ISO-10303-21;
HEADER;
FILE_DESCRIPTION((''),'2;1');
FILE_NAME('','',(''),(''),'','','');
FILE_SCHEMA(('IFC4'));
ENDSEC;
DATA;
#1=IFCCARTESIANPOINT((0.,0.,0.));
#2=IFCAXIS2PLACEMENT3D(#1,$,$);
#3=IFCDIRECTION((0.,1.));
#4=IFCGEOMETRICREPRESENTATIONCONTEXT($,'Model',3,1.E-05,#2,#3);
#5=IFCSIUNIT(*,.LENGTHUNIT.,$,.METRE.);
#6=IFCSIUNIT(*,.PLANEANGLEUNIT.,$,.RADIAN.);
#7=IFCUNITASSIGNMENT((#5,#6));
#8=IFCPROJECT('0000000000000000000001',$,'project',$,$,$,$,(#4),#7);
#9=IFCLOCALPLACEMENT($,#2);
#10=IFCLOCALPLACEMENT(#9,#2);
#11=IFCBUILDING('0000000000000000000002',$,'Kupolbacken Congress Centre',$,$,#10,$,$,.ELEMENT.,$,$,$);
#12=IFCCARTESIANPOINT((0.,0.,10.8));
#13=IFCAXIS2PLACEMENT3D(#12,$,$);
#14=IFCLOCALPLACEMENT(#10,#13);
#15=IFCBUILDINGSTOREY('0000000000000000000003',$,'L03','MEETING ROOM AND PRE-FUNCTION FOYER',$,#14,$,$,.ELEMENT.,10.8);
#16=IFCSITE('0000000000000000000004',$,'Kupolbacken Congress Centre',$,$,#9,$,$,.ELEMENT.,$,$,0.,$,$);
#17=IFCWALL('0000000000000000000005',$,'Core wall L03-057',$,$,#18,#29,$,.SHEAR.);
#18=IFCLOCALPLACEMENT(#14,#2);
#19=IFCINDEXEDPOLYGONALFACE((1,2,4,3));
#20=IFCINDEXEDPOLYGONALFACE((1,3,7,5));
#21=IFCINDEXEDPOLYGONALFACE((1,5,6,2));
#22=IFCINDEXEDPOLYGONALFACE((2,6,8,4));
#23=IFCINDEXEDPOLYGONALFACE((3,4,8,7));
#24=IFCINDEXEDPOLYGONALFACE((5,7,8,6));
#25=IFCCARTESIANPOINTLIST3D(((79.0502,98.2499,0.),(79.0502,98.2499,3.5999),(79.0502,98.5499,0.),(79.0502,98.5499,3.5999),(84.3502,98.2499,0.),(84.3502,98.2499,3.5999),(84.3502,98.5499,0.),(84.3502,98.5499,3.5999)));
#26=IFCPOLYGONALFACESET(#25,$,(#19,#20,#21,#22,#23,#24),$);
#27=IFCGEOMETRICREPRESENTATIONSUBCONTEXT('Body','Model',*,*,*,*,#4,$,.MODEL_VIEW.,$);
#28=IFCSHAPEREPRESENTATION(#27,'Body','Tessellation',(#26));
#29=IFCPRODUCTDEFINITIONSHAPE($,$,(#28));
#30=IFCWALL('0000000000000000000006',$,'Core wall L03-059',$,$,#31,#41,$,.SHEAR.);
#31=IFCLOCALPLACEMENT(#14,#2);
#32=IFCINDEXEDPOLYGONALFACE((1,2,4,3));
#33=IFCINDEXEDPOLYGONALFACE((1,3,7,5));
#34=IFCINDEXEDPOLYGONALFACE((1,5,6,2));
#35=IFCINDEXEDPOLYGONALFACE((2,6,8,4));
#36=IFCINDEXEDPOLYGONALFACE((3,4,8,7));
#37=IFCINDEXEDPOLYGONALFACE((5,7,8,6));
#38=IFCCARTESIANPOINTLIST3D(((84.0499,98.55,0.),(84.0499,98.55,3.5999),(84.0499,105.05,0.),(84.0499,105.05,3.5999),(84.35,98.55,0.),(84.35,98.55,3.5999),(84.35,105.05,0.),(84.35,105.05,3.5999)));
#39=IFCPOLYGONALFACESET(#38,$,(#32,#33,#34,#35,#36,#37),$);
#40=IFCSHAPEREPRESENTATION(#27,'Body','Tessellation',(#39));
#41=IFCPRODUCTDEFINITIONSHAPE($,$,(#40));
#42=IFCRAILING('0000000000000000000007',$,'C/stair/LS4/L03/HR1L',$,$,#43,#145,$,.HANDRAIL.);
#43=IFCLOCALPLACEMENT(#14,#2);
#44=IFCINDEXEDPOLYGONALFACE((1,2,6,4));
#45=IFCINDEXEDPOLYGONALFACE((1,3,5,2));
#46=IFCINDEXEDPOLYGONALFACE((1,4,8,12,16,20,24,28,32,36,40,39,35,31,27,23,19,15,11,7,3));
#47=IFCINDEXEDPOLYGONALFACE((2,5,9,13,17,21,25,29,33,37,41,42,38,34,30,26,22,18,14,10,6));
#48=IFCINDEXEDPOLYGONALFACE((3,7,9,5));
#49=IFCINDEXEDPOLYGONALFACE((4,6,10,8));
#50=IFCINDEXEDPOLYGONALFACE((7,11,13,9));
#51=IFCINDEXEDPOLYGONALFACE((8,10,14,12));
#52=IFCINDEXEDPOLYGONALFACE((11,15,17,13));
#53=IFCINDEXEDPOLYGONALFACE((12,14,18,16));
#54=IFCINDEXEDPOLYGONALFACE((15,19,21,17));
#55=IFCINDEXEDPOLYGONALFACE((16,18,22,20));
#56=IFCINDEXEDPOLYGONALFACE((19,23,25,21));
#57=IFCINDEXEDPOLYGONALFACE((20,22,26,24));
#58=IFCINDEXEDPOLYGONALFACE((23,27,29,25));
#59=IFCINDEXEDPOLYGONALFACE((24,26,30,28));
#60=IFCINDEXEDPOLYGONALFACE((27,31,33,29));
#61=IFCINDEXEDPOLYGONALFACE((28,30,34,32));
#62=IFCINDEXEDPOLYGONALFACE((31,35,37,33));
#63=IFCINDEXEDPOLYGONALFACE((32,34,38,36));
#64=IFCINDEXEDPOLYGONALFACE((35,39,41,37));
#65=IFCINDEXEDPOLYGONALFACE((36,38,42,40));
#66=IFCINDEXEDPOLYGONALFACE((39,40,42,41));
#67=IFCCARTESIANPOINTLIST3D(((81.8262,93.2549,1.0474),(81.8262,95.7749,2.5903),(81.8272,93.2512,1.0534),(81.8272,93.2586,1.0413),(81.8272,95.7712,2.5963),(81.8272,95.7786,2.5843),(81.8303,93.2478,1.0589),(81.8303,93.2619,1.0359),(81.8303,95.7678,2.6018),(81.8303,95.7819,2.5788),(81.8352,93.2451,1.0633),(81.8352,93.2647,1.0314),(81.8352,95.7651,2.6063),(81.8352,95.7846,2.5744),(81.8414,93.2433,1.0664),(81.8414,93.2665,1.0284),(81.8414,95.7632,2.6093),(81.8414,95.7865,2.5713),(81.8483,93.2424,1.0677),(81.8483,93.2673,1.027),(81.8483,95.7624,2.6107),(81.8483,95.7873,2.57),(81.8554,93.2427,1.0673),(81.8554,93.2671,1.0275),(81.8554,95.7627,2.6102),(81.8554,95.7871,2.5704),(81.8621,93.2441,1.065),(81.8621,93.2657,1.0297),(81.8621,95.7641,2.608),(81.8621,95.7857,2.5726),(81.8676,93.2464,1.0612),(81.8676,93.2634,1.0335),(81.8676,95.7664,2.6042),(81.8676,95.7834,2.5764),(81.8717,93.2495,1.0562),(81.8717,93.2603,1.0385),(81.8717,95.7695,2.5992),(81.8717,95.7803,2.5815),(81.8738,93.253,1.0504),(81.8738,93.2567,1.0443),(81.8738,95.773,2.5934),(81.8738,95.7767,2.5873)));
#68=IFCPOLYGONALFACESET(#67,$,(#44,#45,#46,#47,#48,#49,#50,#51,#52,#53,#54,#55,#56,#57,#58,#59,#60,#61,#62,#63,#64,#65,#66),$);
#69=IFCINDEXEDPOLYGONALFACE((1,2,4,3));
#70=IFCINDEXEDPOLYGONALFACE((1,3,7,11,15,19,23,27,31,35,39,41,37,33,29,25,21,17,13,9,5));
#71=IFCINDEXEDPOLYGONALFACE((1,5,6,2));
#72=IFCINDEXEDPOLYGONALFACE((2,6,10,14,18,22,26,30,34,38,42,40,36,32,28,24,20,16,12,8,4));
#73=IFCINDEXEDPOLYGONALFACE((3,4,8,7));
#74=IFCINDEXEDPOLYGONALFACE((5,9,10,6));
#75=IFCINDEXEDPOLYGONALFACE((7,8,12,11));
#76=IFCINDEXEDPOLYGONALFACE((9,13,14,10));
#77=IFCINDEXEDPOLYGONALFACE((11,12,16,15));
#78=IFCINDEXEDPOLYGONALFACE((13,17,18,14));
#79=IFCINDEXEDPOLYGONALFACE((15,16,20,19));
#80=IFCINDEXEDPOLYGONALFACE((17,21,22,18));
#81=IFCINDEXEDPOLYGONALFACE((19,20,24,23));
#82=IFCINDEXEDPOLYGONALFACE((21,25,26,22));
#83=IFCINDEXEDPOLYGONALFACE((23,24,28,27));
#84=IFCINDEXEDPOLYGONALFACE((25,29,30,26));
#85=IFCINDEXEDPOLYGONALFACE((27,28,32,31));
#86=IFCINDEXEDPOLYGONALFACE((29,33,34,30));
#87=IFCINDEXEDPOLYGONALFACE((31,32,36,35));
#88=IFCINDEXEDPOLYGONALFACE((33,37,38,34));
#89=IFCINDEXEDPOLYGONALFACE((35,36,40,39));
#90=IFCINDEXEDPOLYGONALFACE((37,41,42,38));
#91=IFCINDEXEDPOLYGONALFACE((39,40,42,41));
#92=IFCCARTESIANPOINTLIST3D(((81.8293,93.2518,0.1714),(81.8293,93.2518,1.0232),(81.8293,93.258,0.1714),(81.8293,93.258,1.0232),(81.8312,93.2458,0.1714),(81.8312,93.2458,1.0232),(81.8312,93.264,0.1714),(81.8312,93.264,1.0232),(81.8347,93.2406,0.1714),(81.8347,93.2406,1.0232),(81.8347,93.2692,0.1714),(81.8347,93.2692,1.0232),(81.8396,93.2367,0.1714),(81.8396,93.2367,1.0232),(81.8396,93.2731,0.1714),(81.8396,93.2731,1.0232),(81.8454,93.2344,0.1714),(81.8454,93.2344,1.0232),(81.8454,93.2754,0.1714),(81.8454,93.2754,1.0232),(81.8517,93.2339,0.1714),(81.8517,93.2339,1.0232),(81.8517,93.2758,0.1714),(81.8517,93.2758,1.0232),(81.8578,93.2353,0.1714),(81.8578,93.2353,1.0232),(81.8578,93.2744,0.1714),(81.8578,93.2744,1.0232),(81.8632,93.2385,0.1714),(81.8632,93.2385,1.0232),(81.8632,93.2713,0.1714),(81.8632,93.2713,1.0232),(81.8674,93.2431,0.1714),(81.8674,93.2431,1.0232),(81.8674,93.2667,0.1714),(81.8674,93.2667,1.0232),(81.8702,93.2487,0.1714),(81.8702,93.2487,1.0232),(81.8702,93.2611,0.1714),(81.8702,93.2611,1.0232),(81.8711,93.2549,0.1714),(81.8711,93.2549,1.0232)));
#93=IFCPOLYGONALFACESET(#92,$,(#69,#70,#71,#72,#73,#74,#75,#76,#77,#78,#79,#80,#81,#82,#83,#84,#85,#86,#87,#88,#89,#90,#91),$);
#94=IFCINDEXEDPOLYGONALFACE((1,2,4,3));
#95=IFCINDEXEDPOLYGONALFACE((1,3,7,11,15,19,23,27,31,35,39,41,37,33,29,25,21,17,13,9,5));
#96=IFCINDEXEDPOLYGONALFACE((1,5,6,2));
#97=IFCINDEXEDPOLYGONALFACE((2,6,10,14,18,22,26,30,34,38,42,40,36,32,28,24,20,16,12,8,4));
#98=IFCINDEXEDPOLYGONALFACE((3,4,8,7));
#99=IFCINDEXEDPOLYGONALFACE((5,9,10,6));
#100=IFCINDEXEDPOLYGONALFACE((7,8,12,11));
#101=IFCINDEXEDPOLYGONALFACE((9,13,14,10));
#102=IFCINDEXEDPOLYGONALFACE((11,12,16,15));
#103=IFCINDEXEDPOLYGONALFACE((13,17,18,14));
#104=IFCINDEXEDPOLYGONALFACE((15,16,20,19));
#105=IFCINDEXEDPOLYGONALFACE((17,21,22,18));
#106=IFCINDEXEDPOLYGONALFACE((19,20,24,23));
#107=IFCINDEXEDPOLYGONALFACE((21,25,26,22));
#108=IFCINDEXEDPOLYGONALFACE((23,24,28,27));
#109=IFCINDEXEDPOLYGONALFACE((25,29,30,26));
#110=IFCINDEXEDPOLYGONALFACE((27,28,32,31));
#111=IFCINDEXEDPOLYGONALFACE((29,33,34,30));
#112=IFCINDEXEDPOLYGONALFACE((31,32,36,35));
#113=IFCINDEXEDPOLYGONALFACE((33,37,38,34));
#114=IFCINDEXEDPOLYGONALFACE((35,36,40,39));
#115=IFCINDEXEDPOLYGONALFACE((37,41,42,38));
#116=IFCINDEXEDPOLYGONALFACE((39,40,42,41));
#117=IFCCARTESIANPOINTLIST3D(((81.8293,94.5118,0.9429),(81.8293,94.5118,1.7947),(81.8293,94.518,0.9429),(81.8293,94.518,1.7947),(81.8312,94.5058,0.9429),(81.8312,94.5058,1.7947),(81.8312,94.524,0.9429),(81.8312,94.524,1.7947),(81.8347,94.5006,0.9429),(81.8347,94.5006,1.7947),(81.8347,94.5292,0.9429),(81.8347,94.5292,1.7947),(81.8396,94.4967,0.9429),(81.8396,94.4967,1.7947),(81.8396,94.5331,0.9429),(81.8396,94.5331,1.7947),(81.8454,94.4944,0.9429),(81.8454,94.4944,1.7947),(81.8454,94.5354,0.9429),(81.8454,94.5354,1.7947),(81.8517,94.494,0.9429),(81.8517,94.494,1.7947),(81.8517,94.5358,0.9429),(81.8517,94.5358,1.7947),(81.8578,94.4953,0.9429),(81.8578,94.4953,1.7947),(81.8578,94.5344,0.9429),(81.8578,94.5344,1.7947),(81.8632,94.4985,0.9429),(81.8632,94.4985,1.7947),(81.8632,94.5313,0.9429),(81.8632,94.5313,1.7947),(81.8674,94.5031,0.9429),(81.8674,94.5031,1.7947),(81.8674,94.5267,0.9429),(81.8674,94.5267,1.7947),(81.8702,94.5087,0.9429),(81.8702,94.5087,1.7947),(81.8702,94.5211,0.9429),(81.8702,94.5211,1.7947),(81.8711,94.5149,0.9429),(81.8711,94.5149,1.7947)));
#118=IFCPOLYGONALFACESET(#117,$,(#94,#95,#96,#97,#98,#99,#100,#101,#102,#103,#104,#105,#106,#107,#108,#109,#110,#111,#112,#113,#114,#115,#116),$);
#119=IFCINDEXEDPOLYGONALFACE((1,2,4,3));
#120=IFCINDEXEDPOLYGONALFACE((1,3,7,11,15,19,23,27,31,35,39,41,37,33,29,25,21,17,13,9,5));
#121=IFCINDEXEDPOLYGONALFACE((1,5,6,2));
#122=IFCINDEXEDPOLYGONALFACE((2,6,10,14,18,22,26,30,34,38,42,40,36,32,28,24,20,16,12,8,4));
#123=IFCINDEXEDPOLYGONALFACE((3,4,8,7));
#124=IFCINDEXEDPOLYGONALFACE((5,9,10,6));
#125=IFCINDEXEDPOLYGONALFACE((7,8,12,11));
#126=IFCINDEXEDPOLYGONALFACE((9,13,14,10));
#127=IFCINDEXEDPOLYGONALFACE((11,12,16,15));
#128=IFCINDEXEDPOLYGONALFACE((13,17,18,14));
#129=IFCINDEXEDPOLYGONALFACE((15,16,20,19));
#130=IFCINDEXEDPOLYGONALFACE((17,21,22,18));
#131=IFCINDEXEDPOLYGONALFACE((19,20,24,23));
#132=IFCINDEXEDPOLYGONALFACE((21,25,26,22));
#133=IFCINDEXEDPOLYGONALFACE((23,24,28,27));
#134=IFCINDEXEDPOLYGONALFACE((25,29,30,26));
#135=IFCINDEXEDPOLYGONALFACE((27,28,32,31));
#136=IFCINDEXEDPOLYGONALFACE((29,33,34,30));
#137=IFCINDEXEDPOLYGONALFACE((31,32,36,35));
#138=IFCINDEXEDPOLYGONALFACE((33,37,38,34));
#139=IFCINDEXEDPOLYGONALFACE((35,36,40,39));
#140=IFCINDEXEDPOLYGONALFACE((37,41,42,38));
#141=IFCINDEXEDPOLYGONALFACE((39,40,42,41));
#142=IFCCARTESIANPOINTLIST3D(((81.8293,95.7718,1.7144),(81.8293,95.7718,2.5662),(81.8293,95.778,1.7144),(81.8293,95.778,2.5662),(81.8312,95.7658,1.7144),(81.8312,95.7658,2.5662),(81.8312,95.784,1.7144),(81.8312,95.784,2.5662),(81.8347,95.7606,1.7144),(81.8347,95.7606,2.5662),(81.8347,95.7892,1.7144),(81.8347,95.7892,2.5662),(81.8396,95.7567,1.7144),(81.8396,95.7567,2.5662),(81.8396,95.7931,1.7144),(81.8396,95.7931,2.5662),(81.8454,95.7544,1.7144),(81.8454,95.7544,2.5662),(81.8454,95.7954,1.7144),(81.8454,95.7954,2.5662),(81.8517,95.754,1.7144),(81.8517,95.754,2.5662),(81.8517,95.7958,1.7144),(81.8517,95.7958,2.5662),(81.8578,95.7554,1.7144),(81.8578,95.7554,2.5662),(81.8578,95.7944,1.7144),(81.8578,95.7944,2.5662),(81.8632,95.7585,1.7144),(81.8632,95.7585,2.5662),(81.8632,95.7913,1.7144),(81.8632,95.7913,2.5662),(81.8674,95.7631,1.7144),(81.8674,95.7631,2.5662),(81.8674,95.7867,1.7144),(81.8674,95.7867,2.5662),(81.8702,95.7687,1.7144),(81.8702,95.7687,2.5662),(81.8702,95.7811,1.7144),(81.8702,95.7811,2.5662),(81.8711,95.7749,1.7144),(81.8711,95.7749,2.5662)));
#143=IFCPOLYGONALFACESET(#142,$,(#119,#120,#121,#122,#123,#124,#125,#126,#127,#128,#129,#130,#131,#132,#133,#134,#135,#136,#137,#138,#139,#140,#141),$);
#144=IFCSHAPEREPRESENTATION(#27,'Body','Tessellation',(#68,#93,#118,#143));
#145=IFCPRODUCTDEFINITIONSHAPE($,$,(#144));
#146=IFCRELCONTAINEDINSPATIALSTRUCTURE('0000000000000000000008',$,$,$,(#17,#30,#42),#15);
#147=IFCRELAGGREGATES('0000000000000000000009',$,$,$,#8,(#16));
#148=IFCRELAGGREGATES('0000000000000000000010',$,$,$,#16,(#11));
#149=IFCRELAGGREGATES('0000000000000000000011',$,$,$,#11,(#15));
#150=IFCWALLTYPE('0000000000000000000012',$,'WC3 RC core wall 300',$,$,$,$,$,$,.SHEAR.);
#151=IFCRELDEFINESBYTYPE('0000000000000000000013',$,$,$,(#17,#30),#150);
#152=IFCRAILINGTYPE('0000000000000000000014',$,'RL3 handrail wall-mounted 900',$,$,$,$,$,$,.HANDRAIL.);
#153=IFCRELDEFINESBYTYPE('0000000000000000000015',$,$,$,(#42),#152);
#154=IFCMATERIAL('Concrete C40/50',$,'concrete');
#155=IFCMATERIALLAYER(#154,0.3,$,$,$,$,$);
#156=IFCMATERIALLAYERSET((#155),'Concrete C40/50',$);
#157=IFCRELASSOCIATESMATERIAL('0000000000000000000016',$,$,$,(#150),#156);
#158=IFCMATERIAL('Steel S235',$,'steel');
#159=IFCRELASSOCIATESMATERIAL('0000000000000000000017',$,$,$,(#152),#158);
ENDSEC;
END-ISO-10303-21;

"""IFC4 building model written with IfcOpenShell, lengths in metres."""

from ifc_helpers import new_model, si_unit, direction, frame, frame_2d, origin, origin_2d, place, context, subcontext, project, spatial, rectangle, circle, extrude, material, layer, layer_set, type_object, element, save


model = new_model("IFC4")

# Units and contexts
model_context = context("Model", 3, precision=1e-05, world=origin(), true_north=direction((0.0, 1.0)))
body_context = subcontext(model_context, "Body", "Model", "MODEL_VIEW")
ifc_project = project(units=[si_unit("LENGTHUNIT", "METRE"), si_unit("PLANEANGLEUNIT", "RADIAN")], contexts=[model_context])

# Site, building, storey
site_placement = place(None, origin())
site = spatial("IfcSite", under=ifc_project, at=site_placement, Name="Kupolbacken Congress Centre", CompositionType="ELEMENT", RefElevation=0.0)
building_placement = place(site_placement, origin())
building = spatial("IfcBuilding", under=site, at=building_placement, Name="Kupolbacken Congress Centre", CompositionType="ELEMENT")
storey_placement = place(building_placement, frame((0.0, 0.0, 10.8)))
storey = spatial("IfcBuildingStorey", under=building, at=storey_placement, Name="L03", Description="MEETING ROOM AND PRE-FUNCTION FOYER", CompositionType="ELEMENT", Elevation=10.8)

# Walls
ifc_material_1 = material(Name="Concrete C40/50", Category="concrete")
ifc_layer_1 = layer(ifc_material_1, 0.3)
ifc_layer_set_1 = layer_set([ifc_layer_1], Name="Concrete C40/50")
wall_type_1 = type_object("IfcWallType", Name="WC3 RC core wall 300", PredefinedType="SHEAR", material=ifc_layer_set_1)
wall_1_placement = place(storey_placement, frame((84.3501, 98.3999, 0.0), z_axis=(0.0, 0.0, 1.0), x_axis=(-1.0, 0.0, 0.0)))
element("IfcWall", 1, at=wall_1_placement, inside=storey, type_object=wall_type_1, Name="Core wall L03-057", PredefinedType="SHEAR", context=body_context, shape_type="SweptSolid", body=[
    extrude(rectangle(XDim=5.3, YDim=0.3, at=frame_2d((2.6499, 0.0))), origin(), (0.0, 0.0, 1.0), 3.5999),
])
wall_2_placement = place(storey_placement, frame((84.2, 98.55, 0.0), z_axis=(0.0, 0.0, 1.0), x_axis=(0.0, 1.0, 0.0)))
element("IfcWall", 2, at=wall_2_placement, inside=storey, type_object=wall_type_1, Name="Core wall L03-059", PredefinedType="SHEAR", context=body_context, shape_type="SweptSolid", body=[
    extrude(rectangle(XDim=6.5, YDim=0.3, at=frame_2d((3.25, 0.0))), origin(), (0.0, 0.0, 1.0), 3.5999),
])

# Railing
ifc_material_2 = material(Name="Steel S235", Category="steel")
railing_type = type_object("IfcRailingType", Name="RL3 handrail wall-mounted 900", PredefinedType="HANDRAIL", material=ifc_material_2)
for number, where, name in (
    (3, (81.8501, 93.2549, 0.1714), "C/stair/LS4/L03/HR1L"),
):
    element("IfcRailing", number, at=place(storey_placement, frame(where)), inside=storey, type_object=railing_type, Name=name, PredefinedType="HANDRAIL", context=body_context, shape_type="SweptSolid", body=[
        extrude(circle(Radius=0.0239, at=origin_2d()), frame((0.0, 0.0, 0.876), z_axis=(0.0, 0.852836, 0.522178), x_axis=(-1.0, 0.0, 0.0)), (0.0, 0.0, 1.0), 2.9548),
        extrude(circle(Radius=0.021, at=origin_2d()), origin(), (0.0, 0.0, 1.0), 0.8518),
        extrude(circle(Radius=0.021, at=origin_2d()), frame((0.0, 1.26, 0.7715)), (0.0, 0.0, 1.0), 0.8518),
        extrude(circle(Radius=0.021, at=origin_2d()), frame((0.0, 2.52, 1.543)), (0.0, 0.0, 1.0), 0.8518),
    ])

save(model, "model.ifc")
